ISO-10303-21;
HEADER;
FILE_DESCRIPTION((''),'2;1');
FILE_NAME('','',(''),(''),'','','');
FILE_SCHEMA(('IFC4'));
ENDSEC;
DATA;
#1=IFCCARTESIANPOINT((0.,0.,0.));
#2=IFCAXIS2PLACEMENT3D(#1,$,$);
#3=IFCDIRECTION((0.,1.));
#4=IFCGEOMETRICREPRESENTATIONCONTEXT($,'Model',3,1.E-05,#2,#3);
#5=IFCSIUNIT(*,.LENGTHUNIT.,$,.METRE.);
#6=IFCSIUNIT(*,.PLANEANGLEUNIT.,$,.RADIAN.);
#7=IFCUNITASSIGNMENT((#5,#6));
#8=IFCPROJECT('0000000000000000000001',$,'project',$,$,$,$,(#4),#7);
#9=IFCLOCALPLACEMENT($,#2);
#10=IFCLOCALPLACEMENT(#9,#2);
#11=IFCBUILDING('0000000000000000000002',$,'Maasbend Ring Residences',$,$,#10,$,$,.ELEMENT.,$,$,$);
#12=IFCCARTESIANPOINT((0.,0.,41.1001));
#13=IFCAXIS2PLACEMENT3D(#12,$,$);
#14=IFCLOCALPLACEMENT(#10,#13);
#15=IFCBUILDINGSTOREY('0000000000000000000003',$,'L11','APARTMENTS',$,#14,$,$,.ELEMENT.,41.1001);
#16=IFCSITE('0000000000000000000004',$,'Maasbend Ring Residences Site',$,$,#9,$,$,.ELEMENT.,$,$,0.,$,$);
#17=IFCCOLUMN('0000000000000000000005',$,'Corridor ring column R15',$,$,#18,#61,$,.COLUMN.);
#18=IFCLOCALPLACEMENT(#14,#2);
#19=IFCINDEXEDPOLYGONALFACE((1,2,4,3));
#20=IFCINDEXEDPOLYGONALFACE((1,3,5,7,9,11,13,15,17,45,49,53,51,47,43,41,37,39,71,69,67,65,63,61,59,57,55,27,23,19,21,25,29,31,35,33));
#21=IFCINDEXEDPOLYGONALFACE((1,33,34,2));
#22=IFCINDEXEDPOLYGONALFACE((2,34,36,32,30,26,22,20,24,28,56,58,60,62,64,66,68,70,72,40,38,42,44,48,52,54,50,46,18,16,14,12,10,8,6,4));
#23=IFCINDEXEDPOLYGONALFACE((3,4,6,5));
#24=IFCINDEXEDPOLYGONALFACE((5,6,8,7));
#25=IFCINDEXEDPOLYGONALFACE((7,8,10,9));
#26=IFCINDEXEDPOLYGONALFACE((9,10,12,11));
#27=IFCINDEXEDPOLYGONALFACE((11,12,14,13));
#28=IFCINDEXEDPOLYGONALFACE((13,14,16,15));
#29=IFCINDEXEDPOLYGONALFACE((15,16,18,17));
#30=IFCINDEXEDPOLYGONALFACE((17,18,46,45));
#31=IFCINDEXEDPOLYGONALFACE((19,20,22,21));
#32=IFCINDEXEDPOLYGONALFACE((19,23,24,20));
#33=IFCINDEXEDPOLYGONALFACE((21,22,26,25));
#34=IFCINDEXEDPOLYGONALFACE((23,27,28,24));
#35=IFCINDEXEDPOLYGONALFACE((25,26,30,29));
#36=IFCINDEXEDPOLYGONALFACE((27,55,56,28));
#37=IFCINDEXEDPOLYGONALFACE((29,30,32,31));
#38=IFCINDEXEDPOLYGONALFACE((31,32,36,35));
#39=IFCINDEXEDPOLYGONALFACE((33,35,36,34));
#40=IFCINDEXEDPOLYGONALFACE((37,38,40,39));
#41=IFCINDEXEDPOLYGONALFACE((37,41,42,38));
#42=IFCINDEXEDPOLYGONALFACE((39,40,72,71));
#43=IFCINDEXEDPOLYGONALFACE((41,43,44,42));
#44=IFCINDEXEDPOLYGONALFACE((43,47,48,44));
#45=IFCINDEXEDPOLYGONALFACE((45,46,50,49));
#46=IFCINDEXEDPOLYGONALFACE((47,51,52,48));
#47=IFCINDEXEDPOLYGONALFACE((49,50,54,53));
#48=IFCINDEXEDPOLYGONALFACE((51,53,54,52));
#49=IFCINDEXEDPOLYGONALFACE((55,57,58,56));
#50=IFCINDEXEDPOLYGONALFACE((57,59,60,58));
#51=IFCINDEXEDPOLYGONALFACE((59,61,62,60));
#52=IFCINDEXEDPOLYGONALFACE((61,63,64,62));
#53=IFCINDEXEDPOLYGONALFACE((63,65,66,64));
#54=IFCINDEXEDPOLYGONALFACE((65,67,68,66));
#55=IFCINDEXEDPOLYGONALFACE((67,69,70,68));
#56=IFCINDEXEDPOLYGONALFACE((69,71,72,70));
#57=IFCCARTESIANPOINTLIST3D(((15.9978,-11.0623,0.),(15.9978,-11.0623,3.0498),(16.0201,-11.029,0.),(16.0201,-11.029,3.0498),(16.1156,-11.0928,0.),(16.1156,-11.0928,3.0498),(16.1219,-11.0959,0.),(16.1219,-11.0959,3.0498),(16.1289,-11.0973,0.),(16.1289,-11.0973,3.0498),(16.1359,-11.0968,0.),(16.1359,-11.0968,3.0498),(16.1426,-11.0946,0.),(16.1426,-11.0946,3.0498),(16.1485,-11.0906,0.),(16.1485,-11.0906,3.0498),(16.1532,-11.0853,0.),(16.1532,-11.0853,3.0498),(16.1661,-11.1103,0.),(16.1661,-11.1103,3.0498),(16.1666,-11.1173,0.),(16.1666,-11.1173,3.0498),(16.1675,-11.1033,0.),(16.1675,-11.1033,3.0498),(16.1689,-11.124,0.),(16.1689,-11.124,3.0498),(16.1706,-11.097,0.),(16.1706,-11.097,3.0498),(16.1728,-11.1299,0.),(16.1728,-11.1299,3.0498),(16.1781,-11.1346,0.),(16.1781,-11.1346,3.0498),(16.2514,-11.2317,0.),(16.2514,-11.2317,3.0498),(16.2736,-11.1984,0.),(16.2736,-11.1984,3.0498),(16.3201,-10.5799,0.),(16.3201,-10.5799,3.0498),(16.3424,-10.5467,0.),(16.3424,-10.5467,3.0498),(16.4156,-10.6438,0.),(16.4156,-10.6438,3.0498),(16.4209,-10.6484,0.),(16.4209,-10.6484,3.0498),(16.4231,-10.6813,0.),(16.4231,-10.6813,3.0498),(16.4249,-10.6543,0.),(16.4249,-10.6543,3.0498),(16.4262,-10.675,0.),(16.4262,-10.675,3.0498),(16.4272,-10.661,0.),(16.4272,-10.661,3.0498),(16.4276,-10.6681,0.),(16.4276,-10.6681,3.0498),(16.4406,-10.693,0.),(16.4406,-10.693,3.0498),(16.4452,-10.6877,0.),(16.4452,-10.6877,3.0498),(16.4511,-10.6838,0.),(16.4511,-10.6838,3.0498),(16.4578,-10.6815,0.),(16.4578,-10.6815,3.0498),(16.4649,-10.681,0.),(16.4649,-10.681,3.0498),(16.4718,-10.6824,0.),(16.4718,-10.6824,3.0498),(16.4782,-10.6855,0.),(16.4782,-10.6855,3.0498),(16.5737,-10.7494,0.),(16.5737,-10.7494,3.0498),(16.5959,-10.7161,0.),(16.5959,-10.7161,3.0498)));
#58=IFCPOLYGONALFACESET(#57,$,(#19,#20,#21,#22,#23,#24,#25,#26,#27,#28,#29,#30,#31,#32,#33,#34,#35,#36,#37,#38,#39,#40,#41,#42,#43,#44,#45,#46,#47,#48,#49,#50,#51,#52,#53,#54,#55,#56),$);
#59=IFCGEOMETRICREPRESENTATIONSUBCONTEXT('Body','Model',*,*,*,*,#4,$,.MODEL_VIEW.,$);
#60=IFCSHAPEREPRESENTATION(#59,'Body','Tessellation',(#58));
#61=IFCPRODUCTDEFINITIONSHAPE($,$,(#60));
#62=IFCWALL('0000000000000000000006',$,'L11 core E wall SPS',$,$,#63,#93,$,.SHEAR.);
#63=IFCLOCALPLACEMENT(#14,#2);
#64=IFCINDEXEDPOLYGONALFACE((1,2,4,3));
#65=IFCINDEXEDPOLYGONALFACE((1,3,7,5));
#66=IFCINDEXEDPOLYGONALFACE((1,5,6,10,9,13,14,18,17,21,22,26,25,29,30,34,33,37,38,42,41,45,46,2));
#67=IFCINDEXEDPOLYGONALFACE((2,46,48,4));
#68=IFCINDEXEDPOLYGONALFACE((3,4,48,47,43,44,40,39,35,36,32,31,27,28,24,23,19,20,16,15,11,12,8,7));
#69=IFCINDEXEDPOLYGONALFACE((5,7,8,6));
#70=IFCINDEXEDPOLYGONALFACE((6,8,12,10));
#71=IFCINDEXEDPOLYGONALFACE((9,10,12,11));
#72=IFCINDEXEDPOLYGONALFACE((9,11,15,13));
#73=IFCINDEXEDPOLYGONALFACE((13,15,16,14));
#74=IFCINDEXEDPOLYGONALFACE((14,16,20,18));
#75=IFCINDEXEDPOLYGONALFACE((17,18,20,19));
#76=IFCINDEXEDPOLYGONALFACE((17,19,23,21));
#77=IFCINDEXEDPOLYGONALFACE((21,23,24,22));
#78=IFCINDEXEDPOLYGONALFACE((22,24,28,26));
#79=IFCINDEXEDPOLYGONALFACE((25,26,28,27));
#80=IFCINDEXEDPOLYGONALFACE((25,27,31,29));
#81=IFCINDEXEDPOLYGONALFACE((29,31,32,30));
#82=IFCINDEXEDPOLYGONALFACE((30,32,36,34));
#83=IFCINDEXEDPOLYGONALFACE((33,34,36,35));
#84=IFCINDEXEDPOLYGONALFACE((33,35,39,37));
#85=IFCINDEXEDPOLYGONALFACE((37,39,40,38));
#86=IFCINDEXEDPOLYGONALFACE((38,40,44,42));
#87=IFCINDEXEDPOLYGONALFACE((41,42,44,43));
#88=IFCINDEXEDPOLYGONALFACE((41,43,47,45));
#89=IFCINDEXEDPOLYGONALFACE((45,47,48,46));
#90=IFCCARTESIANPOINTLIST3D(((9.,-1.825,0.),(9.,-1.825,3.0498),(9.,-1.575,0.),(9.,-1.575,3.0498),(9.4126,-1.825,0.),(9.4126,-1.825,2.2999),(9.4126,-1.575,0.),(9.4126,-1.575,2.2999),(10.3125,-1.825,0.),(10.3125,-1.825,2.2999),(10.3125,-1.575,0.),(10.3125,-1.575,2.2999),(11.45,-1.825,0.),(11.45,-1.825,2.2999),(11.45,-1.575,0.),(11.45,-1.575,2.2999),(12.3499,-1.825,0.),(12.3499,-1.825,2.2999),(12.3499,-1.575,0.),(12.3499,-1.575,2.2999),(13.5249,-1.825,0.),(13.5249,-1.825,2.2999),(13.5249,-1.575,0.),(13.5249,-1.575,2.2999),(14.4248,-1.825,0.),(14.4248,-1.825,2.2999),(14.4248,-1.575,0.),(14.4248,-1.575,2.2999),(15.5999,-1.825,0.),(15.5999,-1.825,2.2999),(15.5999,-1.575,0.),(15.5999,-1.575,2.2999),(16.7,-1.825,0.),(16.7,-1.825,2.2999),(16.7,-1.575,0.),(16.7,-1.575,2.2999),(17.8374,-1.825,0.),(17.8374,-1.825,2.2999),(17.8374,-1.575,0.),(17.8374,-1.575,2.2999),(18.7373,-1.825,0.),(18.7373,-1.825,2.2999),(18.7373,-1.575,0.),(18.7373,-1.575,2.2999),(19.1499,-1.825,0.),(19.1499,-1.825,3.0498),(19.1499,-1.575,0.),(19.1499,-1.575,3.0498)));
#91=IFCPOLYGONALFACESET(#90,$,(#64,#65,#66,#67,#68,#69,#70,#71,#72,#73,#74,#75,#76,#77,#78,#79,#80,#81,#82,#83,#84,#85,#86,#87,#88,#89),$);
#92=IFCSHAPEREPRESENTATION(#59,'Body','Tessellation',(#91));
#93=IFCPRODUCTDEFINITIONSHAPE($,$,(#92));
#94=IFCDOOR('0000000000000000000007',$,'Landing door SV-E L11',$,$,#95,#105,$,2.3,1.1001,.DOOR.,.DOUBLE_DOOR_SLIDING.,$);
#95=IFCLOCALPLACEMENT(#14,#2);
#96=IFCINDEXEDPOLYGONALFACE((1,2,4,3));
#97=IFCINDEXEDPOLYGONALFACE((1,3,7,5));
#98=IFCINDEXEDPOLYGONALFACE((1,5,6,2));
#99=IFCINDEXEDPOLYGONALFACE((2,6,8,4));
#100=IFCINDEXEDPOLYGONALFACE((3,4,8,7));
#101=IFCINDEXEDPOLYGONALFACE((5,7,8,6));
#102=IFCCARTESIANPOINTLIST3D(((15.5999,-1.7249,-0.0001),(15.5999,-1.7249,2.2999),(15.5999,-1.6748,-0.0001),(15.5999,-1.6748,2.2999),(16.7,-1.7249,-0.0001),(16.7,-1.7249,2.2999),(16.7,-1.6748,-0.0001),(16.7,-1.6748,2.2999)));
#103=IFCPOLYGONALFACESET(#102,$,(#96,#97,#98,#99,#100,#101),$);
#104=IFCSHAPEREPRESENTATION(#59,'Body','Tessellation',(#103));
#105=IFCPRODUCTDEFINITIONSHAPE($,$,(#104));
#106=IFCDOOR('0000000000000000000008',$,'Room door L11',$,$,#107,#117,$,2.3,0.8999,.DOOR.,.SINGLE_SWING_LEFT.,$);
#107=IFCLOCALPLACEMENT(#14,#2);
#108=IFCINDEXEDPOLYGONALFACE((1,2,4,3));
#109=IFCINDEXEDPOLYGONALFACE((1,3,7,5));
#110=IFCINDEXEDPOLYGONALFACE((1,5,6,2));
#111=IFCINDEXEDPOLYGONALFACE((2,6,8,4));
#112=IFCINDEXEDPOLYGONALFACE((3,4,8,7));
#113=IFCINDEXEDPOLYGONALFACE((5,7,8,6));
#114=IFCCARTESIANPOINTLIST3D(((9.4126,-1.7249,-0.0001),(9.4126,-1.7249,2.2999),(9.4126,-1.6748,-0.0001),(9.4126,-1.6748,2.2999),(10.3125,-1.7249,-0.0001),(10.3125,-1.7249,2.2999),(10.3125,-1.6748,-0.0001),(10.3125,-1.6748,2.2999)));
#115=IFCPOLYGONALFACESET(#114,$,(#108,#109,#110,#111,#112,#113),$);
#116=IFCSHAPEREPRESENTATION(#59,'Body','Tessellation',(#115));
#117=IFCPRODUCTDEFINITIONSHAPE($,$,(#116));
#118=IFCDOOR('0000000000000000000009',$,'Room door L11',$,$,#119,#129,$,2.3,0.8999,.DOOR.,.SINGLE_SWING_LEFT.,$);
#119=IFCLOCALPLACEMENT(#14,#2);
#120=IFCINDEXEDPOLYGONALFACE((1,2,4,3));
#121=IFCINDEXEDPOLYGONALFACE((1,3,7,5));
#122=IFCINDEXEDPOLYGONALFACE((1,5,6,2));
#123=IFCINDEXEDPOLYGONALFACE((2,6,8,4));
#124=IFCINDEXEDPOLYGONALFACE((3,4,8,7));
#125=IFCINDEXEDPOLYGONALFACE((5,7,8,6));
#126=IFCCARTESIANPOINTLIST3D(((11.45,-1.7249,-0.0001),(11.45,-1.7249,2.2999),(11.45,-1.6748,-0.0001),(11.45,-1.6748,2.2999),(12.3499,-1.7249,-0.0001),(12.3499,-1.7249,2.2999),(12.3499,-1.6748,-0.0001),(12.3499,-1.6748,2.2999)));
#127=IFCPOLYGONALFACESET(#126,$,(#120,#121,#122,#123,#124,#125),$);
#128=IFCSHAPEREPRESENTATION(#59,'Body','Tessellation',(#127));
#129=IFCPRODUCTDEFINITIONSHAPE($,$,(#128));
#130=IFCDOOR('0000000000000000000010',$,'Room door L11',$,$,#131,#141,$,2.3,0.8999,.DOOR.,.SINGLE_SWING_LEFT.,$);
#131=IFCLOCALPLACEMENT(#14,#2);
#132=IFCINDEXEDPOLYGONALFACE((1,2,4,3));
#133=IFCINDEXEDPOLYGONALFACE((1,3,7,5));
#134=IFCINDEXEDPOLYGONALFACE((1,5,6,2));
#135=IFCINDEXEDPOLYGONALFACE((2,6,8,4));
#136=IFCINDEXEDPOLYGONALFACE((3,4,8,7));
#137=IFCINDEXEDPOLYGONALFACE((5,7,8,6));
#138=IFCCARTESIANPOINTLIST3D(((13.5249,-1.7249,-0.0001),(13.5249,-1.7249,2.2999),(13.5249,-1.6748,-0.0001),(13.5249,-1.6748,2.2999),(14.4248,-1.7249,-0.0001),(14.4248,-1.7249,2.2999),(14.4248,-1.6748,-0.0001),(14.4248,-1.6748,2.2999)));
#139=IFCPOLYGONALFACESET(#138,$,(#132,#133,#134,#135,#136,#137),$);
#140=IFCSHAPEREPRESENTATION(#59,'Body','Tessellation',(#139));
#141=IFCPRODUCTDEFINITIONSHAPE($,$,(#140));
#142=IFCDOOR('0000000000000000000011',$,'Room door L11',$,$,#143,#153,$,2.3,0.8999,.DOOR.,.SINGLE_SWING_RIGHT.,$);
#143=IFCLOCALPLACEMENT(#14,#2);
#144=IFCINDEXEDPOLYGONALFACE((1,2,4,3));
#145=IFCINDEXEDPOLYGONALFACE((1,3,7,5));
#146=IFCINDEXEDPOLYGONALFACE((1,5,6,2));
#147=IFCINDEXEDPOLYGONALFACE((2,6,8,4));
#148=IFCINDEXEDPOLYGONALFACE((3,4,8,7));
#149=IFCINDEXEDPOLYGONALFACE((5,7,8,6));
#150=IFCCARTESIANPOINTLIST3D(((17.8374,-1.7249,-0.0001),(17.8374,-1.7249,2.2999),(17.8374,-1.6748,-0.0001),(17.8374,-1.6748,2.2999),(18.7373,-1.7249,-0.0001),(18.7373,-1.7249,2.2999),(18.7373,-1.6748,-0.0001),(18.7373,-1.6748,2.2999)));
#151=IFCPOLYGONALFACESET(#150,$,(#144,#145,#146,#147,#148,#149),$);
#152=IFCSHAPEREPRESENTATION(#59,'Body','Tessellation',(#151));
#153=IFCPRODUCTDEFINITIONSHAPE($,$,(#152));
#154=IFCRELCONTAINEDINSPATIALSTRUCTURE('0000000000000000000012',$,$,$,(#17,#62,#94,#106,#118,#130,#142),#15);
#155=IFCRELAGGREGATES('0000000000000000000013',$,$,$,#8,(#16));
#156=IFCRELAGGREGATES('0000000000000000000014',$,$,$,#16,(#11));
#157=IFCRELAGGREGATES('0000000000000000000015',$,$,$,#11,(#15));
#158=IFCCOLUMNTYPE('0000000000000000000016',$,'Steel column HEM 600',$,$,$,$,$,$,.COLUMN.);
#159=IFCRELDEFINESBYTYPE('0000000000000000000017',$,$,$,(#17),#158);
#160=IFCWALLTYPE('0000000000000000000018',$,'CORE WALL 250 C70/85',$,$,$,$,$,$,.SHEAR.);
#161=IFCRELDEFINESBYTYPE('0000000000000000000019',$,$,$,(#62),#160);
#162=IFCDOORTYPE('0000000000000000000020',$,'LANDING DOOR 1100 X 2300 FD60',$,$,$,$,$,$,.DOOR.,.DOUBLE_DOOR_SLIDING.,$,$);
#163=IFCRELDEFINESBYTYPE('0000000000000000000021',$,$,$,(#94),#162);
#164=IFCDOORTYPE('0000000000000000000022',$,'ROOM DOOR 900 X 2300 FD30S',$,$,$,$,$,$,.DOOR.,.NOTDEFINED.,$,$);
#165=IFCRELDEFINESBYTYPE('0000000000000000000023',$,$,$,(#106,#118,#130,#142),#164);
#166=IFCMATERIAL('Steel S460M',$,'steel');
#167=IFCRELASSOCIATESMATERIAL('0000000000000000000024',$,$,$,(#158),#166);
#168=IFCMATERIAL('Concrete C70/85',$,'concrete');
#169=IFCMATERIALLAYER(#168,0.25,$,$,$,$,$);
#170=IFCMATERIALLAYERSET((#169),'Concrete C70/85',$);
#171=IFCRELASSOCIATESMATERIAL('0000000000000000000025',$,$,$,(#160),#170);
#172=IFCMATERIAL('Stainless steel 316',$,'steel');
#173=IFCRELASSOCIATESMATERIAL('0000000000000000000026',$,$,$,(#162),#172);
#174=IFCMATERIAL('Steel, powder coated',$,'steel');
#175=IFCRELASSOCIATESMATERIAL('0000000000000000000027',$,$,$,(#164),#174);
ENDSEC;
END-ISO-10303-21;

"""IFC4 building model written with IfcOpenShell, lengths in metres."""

from ifc_helpers import new_model, si_unit, direction, frame, frame_2d, origin, origin_2d, place, context, subcontext, project, spatial, rectangle, i_section, extrude, material, layer, layer_set, material_profile, profile_set, type_object, element, fill, save


model = new_model("IFC4")

# Units and contexts
model_context = context("Model", 3, precision=1e-05, world=origin(), true_north=direction((0.0, 1.0)))
body_context = subcontext(model_context, "Body", "Model", "MODEL_VIEW")
ifc_project = project(units=[si_unit("LENGTHUNIT", "METRE"), si_unit("PLANEANGLEUNIT", "RADIAN")], contexts=[model_context])

# Site, building, storey
site_placement = place(None, origin())
site = spatial("IfcSite", under=ifc_project, at=site_placement, Name="Maasbend Ring Residences Site", CompositionType="ELEMENT", RefElevation=0.0)
building_placement = place(site_placement, origin())
building = spatial("IfcBuilding", under=site, at=building_placement, Name="Maasbend Ring Residences", CompositionType="ELEMENT")
storey_placement = place(building_placement, frame((0.0, 0.0, 41.1001)))
storey = spatial("IfcBuildingStorey", under=building, at=storey_placement, Name="L11", Description="APARTMENTS", CompositionType="ELEMENT", Elevation=41.1001)

# Column
ifc_material_1 = material(Name="Steel S460M", Category="steel")
ifc_material_profile = material_profile(ifc_material_1, i_section(OverallWidth=0.3049, OverallDepth=0.6201, WebThickness=0.021, FlangeThickness=0.04, FilletRadius=0.0271, at=origin_2d()), Name="HEM 600")
ifc_profile_set = profile_set([ifc_material_profile], Name="Steel S460M")
column_type = type_object("IfcColumnType", Name="Steel column HEM 600", PredefinedType="COLUMN", material=ifc_profile_set)
column_placement = place(storey_placement, frame((16.2969, -10.8892, 0.0), z_axis=(0.0, 0.0, 1.0), x_axis=(0.83147, -0.55557, 0.0)))
element("IfcColumn", 1, at=column_placement, inside=storey, type_object=column_type, Name="Corridor ring column R15", PredefinedType="COLUMN", context=body_context, shape_type="SweptSolid", body=[
    extrude(i_section(OverallWidth=0.3049, OverallDepth=0.6201, WebThickness=0.021, FlangeThickness=0.04, FilletRadius=0.0271, at=origin_2d()), origin(), (0.0, 0.0, 1.0), 3.0498),
])

# Wall, openings, doors
ifc_material_2 = material(Name="Concrete C70/85", Category="concrete")
ifc_layer_1 = layer(ifc_material_2, 0.25)
ifc_layer_set_1 = layer_set([ifc_layer_1], Name="Concrete C70/85")
wall_type_1 = type_object("IfcWallType", Name="CORE WALL 250 C70/85", PredefinedType="SHEAR", material=ifc_layer_set_1)
wall_1_placement = place(storey_placement, frame((19.1499, -1.7, 0.0), z_axis=(0.0, 0.0, 1.0), x_axis=(-1.0, 0.0, 0.0)))
wall_1 = element("IfcWall", 2, at=wall_1_placement, inside=storey, type_object=wall_type_1, Name="L11 core E wall SPS", PredefinedType="SHEAR", context=body_context, shape_type="SweptSolid", body=[
    extrude(rectangle(XDim=10.1499, YDim=0.25, at=frame_2d((5.075, 0.0))), origin(), (0.0, 0.0, 1.0), 3.0498),
])
opening_1_placement = place(wall_1_placement, frame((2.45, 0.0, 0.0)))
opening_1 = element("IfcOpeningElement", 3, at=opening_1_placement, cuts=wall_1, PredefinedType="OPENING", context=body_context, shape_type="SweptSolid", body=[
    extrude(rectangle(XDim=1.1001, YDim=2.3, at=frame_2d((0.55, 1.1499))), frame((0.0, 0.135, 0.0), z_axis=(0.0, -1.0, 0.0), x_axis=(1.0, 0.0, 0.0)), (0.0, 0.0, 1.0), 0.27),
])
opening_2_placement = place(wall_1_placement, frame((8.8374, 0.0, 0.0)))
opening_2 = element("IfcOpeningElement", 4, at=opening_2_placement, cuts=wall_1, PredefinedType="OPENING", context=body_context, shape_type="SweptSolid", body=[
    extrude(rectangle(XDim=0.8999, YDim=2.3, at=frame_2d((0.45, 1.1499))), frame((0.0, 0.135, 0.0), z_axis=(0.0, -1.0, 0.0), x_axis=(1.0, 0.0, 0.0)), (0.0, 0.0, 1.0), 0.27),
])
opening_3_placement = place(wall_1_placement, frame((6.8, 0.0, 0.0)))
opening_3 = element("IfcOpeningElement", 5, at=opening_3_placement, cuts=wall_1, PredefinedType="OPENING", context=body_context, shape_type="SweptSolid", body=[
    extrude(rectangle(XDim=0.8999, YDim=2.3, at=frame_2d((0.45, 1.1499))), frame((0.0, 0.135, 0.0), z_axis=(0.0, -1.0, 0.0), x_axis=(1.0, 0.0, 0.0)), (0.0, 0.0, 1.0), 0.27),
])
opening_4_placement = place(wall_1_placement, frame((4.7251, 0.0, 0.0)))
opening_4 = element("IfcOpeningElement", 6, at=opening_4_placement, cuts=wall_1, PredefinedType="OPENING", context=body_context, shape_type="SweptSolid", body=[
    extrude(rectangle(XDim=0.8999, YDim=2.3, at=frame_2d((0.45, 1.1499))), frame((0.0, 0.135, 0.0), z_axis=(0.0, -1.0, 0.0), x_axis=(1.0, 0.0, 0.0)), (0.0, 0.0, 1.0), 0.27),
])
opening_5_placement = place(wall_1_placement, frame((0.4126, 0.0, 0.0)))
opening_5 = element("IfcOpeningElement", 7, at=opening_5_placement, cuts=wall_1, PredefinedType="OPENING", context=body_context, shape_type="SweptSolid", body=[
    extrude(rectangle(XDim=0.8999, YDim=2.3, at=frame_2d((0.45, 1.1499))), frame((0.0, 0.135, 0.0), z_axis=(0.0, -1.0, 0.0), x_axis=(1.0, 0.0, 0.0)), (0.0, 0.0, 1.0), 0.27),
])
ifc_material_3 = material(Name="Stainless steel 316", Category="steel")
door_type_1 = type_object("IfcDoorType", Name="LANDING DOOR 1100 X 2300 FD60", OperationType="DOUBLE_DOOR_SLIDING", PredefinedType="DOOR", material=ifc_material_3)
door_1_placement = place(opening_1_placement, origin())
door_1 = element("IfcDoor", 8, at=door_1_placement, inside=storey, type_object=door_type_1, Name="Landing door SV-E L11", OperationType="DOUBLE_DOOR_SLIDING", OverallHeight=2.3, OverallWidth=1.1001, PredefinedType="DOOR", context=body_context, shape_type="SweptSolid", body=[
    extrude(rectangle(XDim=1.1001, YDim=2.3, at=frame_2d((0.55, 1.1499))), frame((0.0, 0.0249, 0.0), z_axis=(0.0, -1.0, 0.0), x_axis=(1.0, 0.0, 0.0)), (0.0, 0.0, 1.0), 0.05),
])
fill(opening_1, door_1)
ifc_material_4 = material(Name="Steel, powder coated", Category="steel")
door_type_2 = type_object("IfcDoorType", Name="ROOM DOOR 900 X 2300 FD30S", OperationType="NOTDEFINED", PredefinedType="DOOR", material=ifc_material_4)
door_2_placement = place(opening_2_placement, origin())
door_2 = element("IfcDoor", 9, at=door_2_placement, inside=storey, type_object=door_type_2, Name="Room door L11", OperationType="SINGLE_SWING_LEFT", OverallHeight=2.3, OverallWidth=0.8999, PredefinedType="DOOR", context=body_context, shape_type="SweptSolid", body=[
    extrude(rectangle(XDim=0.8999, YDim=2.3, at=frame_2d((0.45, 1.1499))), frame((0.0, 0.0249, 0.0), z_axis=(0.0, -1.0, 0.0), x_axis=(1.0, 0.0, 0.0)), (0.0, 0.0, 1.0), 0.05),
])
fill(opening_2, door_2)
door_3_placement = place(opening_3_placement, origin())
door_3 = element("IfcDoor", 10, at=door_3_placement, inside=storey, type_object=door_type_2, Name="Room door L11", OperationType="SINGLE_SWING_LEFT", OverallHeight=2.3, OverallWidth=0.8999, PredefinedType="DOOR", context=body_context, shape_type="SweptSolid", body=[
    extrude(rectangle(XDim=0.8999, YDim=2.3, at=frame_2d((0.45, 1.1499))), frame((0.0, 0.0249, 0.0), z_axis=(0.0, -1.0, 0.0), x_axis=(1.0, 0.0, 0.0)), (0.0, 0.0, 1.0), 0.05),
])
fill(opening_3, door_3)
door_4_placement = place(opening_4_placement, origin())
door_4 = element("IfcDoor", 11, at=door_4_placement, inside=storey, type_object=door_type_2, Name="Room door L11", OperationType="SINGLE_SWING_LEFT", OverallHeight=2.3, OverallWidth=0.8999, PredefinedType="DOOR", context=body_context, shape_type="SweptSolid", body=[
    extrude(rectangle(XDim=0.8999, YDim=2.3, at=frame_2d((0.45, 1.1499))), frame((0.0, 0.0249, 0.0), z_axis=(0.0, -1.0, 0.0), x_axis=(1.0, 0.0, 0.0)), (0.0, 0.0, 1.0), 0.05),
])
fill(opening_4, door_4)
door_5_placement = place(opening_5_placement, origin())
door_5 = element("IfcDoor", 12, at=door_5_placement, inside=storey, type_object=door_type_2, Name="Room door L11", OperationType="SINGLE_SWING_RIGHT", OverallHeight=2.3, OverallWidth=0.8999, PredefinedType="DOOR", context=body_context, shape_type="SweptSolid", body=[
    extrude(rectangle(XDim=0.8999, YDim=2.3, at=frame_2d((0.45, 1.1499))), frame((0.0, 0.0249, 0.0), z_axis=(0.0, -1.0, 0.0), x_axis=(1.0, 0.0, 0.0)), (0.0, 0.0, 1.0), 0.05),
])
fill(opening_5, door_5)

save(model, "model.ifc")
